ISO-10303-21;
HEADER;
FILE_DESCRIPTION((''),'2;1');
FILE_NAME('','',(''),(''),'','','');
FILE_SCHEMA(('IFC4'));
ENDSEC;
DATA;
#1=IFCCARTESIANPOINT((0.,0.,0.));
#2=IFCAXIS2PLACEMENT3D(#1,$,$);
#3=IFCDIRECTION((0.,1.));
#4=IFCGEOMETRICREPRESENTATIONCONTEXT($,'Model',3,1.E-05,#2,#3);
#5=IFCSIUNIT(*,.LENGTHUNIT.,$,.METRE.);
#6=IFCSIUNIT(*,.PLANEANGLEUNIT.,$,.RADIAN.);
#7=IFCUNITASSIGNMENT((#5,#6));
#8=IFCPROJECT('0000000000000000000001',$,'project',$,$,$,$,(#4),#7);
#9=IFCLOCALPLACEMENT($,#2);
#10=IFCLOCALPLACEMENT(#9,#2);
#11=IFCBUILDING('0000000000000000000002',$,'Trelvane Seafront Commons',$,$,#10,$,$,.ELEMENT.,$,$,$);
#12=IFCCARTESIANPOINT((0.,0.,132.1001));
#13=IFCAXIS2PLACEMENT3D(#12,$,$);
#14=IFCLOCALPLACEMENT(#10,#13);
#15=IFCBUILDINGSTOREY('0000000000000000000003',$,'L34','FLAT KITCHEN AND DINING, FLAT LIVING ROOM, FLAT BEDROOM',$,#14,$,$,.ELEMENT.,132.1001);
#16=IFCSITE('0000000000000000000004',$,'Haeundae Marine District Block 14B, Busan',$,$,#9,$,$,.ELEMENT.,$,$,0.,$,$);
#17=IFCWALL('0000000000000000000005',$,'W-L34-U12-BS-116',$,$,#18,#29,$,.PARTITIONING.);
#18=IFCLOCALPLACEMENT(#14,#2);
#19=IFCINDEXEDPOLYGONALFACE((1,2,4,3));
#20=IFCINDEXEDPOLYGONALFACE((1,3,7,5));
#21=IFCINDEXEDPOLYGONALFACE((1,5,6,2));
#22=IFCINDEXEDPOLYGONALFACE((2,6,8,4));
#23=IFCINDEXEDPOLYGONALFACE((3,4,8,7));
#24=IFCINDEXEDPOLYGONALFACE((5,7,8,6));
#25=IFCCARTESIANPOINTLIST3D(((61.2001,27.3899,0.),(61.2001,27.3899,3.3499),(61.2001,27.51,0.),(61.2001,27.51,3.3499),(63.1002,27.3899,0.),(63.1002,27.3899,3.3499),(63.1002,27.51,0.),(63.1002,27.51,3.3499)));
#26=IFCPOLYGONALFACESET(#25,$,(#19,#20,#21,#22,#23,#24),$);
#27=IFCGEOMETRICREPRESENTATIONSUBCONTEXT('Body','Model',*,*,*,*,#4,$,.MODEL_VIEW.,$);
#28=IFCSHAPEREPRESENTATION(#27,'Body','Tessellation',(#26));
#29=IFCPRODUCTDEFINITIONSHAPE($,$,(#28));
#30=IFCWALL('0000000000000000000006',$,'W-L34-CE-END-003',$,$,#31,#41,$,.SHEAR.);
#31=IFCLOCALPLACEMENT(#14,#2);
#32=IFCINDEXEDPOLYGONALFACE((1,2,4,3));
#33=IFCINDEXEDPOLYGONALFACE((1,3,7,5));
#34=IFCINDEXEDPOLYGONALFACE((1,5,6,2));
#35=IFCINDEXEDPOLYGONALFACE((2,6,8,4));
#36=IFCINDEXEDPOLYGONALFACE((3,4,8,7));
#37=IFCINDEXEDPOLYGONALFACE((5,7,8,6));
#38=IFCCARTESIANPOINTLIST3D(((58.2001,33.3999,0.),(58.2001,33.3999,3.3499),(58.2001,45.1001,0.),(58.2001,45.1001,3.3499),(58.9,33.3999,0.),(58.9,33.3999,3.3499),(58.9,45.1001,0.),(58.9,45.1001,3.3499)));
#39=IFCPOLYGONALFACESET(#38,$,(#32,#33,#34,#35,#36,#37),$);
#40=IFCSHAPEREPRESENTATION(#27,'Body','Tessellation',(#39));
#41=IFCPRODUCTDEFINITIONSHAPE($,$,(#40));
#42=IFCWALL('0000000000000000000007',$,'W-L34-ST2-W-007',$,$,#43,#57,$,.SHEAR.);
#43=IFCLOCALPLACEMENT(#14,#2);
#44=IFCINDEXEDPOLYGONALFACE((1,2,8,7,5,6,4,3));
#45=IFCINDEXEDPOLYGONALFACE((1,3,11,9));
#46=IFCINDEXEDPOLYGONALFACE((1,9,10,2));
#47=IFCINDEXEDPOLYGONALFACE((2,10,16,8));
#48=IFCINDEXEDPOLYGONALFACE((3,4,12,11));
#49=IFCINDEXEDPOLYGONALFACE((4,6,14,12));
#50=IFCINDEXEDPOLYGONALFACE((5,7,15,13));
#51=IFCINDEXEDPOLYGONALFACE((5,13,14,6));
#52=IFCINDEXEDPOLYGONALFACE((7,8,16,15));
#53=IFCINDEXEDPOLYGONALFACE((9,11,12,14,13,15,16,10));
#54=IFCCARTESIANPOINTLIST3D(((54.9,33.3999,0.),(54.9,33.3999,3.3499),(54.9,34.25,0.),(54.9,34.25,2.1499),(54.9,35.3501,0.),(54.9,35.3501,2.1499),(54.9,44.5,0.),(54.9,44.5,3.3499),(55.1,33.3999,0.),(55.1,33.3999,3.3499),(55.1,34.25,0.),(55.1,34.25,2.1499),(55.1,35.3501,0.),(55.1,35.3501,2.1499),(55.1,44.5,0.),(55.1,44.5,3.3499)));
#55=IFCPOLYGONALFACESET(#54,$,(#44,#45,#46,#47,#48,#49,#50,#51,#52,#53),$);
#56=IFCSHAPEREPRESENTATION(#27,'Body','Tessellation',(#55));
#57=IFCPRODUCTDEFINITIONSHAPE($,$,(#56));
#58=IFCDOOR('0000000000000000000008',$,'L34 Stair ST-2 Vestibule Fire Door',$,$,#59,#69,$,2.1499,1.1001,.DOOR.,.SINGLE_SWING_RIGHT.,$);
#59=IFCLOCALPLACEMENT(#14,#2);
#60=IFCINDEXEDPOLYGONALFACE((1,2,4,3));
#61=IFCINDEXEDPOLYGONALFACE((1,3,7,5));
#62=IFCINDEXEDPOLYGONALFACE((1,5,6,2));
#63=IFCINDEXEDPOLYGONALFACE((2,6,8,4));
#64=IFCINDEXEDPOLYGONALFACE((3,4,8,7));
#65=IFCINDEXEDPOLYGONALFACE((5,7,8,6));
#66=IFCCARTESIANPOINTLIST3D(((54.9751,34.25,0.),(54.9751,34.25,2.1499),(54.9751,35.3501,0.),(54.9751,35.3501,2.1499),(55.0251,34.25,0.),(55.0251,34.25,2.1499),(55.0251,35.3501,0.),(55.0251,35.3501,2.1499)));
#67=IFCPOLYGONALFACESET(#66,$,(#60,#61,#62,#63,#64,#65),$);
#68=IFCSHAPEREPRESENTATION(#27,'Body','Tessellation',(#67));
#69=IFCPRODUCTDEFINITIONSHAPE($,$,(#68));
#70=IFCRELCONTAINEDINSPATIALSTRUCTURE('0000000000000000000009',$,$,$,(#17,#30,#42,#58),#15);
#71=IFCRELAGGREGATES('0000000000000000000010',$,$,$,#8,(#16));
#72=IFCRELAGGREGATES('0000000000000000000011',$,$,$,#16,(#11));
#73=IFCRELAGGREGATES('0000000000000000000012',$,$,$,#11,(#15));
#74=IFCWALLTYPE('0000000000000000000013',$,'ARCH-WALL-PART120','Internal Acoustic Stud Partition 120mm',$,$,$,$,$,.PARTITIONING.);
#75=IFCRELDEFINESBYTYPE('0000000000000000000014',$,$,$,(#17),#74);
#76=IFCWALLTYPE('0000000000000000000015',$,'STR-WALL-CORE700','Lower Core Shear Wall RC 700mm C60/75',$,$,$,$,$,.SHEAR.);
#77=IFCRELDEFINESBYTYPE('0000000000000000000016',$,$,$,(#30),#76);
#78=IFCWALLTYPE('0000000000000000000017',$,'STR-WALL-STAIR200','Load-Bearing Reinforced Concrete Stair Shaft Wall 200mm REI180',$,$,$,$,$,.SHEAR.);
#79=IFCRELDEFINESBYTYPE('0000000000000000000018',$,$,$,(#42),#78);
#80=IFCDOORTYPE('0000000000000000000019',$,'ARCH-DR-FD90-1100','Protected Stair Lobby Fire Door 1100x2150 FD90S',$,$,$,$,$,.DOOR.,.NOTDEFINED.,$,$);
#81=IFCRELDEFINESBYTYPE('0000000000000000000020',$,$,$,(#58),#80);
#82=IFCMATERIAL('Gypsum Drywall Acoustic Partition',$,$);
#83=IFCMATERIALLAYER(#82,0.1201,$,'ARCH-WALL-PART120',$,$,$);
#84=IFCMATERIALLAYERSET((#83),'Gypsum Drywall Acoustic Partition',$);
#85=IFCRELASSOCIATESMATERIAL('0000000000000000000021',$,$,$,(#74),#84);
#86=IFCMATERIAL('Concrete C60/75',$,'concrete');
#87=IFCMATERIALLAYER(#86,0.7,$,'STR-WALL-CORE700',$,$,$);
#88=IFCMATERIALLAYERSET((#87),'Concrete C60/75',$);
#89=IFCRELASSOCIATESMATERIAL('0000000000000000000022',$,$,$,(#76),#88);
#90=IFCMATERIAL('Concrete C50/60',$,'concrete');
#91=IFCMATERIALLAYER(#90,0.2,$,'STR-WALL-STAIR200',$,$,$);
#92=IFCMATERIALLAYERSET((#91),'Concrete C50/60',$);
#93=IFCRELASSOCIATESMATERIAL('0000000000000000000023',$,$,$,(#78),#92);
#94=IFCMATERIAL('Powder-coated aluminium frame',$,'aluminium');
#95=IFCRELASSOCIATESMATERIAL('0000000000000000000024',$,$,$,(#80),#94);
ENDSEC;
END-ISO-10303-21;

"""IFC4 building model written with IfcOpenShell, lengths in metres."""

from ifc_helpers import new_model, si_unit, direction, frame, frame_2d, origin, place, context, subcontext, project, spatial, rectangle, extrude, source, transform, mapped, material, layer, layer_set, type_object, element, fill, save


model = new_model("IFC4")

# Units and contexts
model_context = context("Model", 3, precision=1e-05, world=origin(), true_north=direction((0.0, 1.0)))
body_context = subcontext(model_context, "Body", "Model", "MODEL_VIEW")
ifc_project = project(units=[si_unit("LENGTHUNIT", "METRE"), si_unit("PLANEANGLEUNIT", "RADIAN")], contexts=[model_context])

# Site, building, storey
site_placement = place(None, origin())
site = spatial("IfcSite", under=ifc_project, at=site_placement, Name="Haeundae Marine District Block 14B, Busan", CompositionType="ELEMENT", RefElevation=0.0)
building_placement = place(site_placement, origin())
building = spatial("IfcBuilding", under=site, at=building_placement, Name="Trelvane Seafront Commons", CompositionType="ELEMENT")
storey_placement = place(building_placement, frame((0.0, 0.0, 132.1001)))
storey = spatial("IfcBuildingStorey", under=building, at=storey_placement, Name="L34", Description="FLAT KITCHEN AND DINING, FLAT LIVING ROOM, FLAT BEDROOM", CompositionType="ELEMENT", Elevation=132.1001)

# Shared definitions
ifc_material_1 = material(Name="Concrete C50/60", Category="concrete")

# Shared definitions
ifc_material_2 = material(Name="Powder-coated aluminium frame", Category="aluminium")
ifc_material_3 = material(Name="Gypsum Drywall Acoustic Partition")
ifc_layer_1 = layer(ifc_material_3, 0.1201, Name="ARCH-WALL-PART120")
ifc_layer_set_1 = layer_set([ifc_layer_1], Name="Gypsum Drywall Acoustic Partition")
wall_type_1 = type_object("IfcWallType", Name="ARCH-WALL-PART120", Description="Internal Acoustic Stud Partition 120mm", PredefinedType="PARTITIONING", material=ifc_layer_set_1)

# Wall
wall_1_placement = place(storey_placement, frame((61.2, 27.45, 0.0), z_axis=(0.0, 0.0, 1.0), x_axis=(1.0, 0.0, 0.0)))
element("IfcWall", 1, at=wall_1_placement, inside=storey, type_object=wall_type_1, Name="W-L34-U12-BS-116", PredefinedType="PARTITIONING", context=body_context, shape_type="SweptSolid", body=[
    extrude(rectangle(XDim=1.9001, YDim=0.1201, at=frame_2d((0.9502, 0.0))), origin(), (0.0, 0.0, 1.0), 3.3499),
])

# Wall
ifc_material_4 = material(Name="Concrete C60/75", Category="concrete")
ifc_layer_2 = layer(ifc_material_4, 0.7, Name="STR-WALL-CORE700")
ifc_layer_set_2 = layer_set([ifc_layer_2], Name="Concrete C60/75")
wall_type_2 = type_object("IfcWallType", Name="STR-WALL-CORE700", Description="Lower Core Shear Wall RC 700mm C60/75", PredefinedType="SHEAR", material=ifc_layer_set_2)
wall_2_placement = place(storey_placement, frame((58.55, 33.3999, 0.0), z_axis=(0.0, 0.0, 1.0), x_axis=(0.0, 1.0, 0.0)))
element("IfcWall", 2, at=wall_2_placement, inside=storey, type_object=wall_type_2, Name="W-L34-CE-END-003", PredefinedType="SHEAR", context=body_context, shape_type="SweptSolid", body=[
    extrude(rectangle(XDim=11.7002, YDim=0.7, at=frame_2d((5.8501, 0.0))), origin(), (0.0, 0.0, 1.0), 3.3499),
])

# Wall, opening, door
ifc_layer_3 = layer(ifc_material_1, 0.2, Name="STR-WALL-STAIR200")
ifc_layer_set_3 = layer_set([ifc_layer_3], Name="Concrete C50/60")
wall_type_3 = type_object("IfcWallType", Name="STR-WALL-STAIR200", Description="Load-Bearing Reinforced Concrete Stair Shaft Wall 200mm REI180", PredefinedType="SHEAR", material=ifc_layer_set_3)
wall_3_placement = place(storey_placement, frame((55.0, 33.3999, 0.0), z_axis=(0.0, 0.0, 1.0), x_axis=(0.0, 1.0, 0.0)))
wall_3 = element("IfcWall", 3, at=wall_3_placement, inside=storey, type_object=wall_type_3, Name="W-L34-ST2-W-007", PredefinedType="SHEAR", context=body_context, shape_type="SweptSolid", body=[
    extrude(rectangle(XDim=11.1001, YDim=0.2, at=frame_2d((5.55, 0.0))), origin(), (0.0, 0.0, 1.0), 3.3499),
])
opening_1_placement = place(wall_3_placement, frame((0.8501, 0.0, 0.0)))
opening_1 = element("IfcOpeningElement", 4, at=opening_1_placement, cuts=wall_3, PredefinedType="OPENING", context=body_context, shape_type="SweptSolid", body=[
    extrude(rectangle(XDim=1.1001, YDim=2.1499, at=frame_2d((0.55, 1.075))), frame((0.0, 0.1099, 0.0), z_axis=(0.0, -1.0, 0.0), x_axis=(1.0, 0.0, 0.0)), (0.0, 0.0, 1.0), 0.22),
])
door_type_1 = type_object("IfcDoorType", Name="ARCH-DR-FD90-1100", Description="Protected Stair Lobby Fire Door 1100x2150 FD90S", OperationType="NOTDEFINED", PredefinedType="DOOR", material=ifc_material_2)
shared_shape_1 = source(origin(), body_context, "Body", "SweptSolid", [
    extrude(rectangle(XDim=1.1001, YDim=2.1499, at=frame_2d((0.55, 1.075))), frame((0.0, 0.0249, 0.0), z_axis=(0.0, -1.0, 0.0), x_axis=(1.0, 0.0, 0.0)), (0.0, 0.0, 1.0), 0.05),
])
door_1_placement = place(opening_1_placement, origin())
door_1 = element("IfcDoor", 5, at=door_1_placement, inside=storey, type_object=door_type_1, Name="L34 Stair ST-2 Vestibule Fire Door", OperationType="SINGLE_SWING_RIGHT", OverallHeight=2.1499, OverallWidth=1.1001, PredefinedType="DOOR", context=body_context, shape_type="MappedRepresentation", body=[
    mapped(shared_shape_1, transform((0.0, 0.0, 0.0), x_axis=(1.0, 0.0, 0.0), y_axis=(0.0, 1.0, 0.0), z_axis=(0.0, 0.0, 1.0), scale=1.0)),
])
fill(opening_1, door_1)

save(model, "model.ifc")
